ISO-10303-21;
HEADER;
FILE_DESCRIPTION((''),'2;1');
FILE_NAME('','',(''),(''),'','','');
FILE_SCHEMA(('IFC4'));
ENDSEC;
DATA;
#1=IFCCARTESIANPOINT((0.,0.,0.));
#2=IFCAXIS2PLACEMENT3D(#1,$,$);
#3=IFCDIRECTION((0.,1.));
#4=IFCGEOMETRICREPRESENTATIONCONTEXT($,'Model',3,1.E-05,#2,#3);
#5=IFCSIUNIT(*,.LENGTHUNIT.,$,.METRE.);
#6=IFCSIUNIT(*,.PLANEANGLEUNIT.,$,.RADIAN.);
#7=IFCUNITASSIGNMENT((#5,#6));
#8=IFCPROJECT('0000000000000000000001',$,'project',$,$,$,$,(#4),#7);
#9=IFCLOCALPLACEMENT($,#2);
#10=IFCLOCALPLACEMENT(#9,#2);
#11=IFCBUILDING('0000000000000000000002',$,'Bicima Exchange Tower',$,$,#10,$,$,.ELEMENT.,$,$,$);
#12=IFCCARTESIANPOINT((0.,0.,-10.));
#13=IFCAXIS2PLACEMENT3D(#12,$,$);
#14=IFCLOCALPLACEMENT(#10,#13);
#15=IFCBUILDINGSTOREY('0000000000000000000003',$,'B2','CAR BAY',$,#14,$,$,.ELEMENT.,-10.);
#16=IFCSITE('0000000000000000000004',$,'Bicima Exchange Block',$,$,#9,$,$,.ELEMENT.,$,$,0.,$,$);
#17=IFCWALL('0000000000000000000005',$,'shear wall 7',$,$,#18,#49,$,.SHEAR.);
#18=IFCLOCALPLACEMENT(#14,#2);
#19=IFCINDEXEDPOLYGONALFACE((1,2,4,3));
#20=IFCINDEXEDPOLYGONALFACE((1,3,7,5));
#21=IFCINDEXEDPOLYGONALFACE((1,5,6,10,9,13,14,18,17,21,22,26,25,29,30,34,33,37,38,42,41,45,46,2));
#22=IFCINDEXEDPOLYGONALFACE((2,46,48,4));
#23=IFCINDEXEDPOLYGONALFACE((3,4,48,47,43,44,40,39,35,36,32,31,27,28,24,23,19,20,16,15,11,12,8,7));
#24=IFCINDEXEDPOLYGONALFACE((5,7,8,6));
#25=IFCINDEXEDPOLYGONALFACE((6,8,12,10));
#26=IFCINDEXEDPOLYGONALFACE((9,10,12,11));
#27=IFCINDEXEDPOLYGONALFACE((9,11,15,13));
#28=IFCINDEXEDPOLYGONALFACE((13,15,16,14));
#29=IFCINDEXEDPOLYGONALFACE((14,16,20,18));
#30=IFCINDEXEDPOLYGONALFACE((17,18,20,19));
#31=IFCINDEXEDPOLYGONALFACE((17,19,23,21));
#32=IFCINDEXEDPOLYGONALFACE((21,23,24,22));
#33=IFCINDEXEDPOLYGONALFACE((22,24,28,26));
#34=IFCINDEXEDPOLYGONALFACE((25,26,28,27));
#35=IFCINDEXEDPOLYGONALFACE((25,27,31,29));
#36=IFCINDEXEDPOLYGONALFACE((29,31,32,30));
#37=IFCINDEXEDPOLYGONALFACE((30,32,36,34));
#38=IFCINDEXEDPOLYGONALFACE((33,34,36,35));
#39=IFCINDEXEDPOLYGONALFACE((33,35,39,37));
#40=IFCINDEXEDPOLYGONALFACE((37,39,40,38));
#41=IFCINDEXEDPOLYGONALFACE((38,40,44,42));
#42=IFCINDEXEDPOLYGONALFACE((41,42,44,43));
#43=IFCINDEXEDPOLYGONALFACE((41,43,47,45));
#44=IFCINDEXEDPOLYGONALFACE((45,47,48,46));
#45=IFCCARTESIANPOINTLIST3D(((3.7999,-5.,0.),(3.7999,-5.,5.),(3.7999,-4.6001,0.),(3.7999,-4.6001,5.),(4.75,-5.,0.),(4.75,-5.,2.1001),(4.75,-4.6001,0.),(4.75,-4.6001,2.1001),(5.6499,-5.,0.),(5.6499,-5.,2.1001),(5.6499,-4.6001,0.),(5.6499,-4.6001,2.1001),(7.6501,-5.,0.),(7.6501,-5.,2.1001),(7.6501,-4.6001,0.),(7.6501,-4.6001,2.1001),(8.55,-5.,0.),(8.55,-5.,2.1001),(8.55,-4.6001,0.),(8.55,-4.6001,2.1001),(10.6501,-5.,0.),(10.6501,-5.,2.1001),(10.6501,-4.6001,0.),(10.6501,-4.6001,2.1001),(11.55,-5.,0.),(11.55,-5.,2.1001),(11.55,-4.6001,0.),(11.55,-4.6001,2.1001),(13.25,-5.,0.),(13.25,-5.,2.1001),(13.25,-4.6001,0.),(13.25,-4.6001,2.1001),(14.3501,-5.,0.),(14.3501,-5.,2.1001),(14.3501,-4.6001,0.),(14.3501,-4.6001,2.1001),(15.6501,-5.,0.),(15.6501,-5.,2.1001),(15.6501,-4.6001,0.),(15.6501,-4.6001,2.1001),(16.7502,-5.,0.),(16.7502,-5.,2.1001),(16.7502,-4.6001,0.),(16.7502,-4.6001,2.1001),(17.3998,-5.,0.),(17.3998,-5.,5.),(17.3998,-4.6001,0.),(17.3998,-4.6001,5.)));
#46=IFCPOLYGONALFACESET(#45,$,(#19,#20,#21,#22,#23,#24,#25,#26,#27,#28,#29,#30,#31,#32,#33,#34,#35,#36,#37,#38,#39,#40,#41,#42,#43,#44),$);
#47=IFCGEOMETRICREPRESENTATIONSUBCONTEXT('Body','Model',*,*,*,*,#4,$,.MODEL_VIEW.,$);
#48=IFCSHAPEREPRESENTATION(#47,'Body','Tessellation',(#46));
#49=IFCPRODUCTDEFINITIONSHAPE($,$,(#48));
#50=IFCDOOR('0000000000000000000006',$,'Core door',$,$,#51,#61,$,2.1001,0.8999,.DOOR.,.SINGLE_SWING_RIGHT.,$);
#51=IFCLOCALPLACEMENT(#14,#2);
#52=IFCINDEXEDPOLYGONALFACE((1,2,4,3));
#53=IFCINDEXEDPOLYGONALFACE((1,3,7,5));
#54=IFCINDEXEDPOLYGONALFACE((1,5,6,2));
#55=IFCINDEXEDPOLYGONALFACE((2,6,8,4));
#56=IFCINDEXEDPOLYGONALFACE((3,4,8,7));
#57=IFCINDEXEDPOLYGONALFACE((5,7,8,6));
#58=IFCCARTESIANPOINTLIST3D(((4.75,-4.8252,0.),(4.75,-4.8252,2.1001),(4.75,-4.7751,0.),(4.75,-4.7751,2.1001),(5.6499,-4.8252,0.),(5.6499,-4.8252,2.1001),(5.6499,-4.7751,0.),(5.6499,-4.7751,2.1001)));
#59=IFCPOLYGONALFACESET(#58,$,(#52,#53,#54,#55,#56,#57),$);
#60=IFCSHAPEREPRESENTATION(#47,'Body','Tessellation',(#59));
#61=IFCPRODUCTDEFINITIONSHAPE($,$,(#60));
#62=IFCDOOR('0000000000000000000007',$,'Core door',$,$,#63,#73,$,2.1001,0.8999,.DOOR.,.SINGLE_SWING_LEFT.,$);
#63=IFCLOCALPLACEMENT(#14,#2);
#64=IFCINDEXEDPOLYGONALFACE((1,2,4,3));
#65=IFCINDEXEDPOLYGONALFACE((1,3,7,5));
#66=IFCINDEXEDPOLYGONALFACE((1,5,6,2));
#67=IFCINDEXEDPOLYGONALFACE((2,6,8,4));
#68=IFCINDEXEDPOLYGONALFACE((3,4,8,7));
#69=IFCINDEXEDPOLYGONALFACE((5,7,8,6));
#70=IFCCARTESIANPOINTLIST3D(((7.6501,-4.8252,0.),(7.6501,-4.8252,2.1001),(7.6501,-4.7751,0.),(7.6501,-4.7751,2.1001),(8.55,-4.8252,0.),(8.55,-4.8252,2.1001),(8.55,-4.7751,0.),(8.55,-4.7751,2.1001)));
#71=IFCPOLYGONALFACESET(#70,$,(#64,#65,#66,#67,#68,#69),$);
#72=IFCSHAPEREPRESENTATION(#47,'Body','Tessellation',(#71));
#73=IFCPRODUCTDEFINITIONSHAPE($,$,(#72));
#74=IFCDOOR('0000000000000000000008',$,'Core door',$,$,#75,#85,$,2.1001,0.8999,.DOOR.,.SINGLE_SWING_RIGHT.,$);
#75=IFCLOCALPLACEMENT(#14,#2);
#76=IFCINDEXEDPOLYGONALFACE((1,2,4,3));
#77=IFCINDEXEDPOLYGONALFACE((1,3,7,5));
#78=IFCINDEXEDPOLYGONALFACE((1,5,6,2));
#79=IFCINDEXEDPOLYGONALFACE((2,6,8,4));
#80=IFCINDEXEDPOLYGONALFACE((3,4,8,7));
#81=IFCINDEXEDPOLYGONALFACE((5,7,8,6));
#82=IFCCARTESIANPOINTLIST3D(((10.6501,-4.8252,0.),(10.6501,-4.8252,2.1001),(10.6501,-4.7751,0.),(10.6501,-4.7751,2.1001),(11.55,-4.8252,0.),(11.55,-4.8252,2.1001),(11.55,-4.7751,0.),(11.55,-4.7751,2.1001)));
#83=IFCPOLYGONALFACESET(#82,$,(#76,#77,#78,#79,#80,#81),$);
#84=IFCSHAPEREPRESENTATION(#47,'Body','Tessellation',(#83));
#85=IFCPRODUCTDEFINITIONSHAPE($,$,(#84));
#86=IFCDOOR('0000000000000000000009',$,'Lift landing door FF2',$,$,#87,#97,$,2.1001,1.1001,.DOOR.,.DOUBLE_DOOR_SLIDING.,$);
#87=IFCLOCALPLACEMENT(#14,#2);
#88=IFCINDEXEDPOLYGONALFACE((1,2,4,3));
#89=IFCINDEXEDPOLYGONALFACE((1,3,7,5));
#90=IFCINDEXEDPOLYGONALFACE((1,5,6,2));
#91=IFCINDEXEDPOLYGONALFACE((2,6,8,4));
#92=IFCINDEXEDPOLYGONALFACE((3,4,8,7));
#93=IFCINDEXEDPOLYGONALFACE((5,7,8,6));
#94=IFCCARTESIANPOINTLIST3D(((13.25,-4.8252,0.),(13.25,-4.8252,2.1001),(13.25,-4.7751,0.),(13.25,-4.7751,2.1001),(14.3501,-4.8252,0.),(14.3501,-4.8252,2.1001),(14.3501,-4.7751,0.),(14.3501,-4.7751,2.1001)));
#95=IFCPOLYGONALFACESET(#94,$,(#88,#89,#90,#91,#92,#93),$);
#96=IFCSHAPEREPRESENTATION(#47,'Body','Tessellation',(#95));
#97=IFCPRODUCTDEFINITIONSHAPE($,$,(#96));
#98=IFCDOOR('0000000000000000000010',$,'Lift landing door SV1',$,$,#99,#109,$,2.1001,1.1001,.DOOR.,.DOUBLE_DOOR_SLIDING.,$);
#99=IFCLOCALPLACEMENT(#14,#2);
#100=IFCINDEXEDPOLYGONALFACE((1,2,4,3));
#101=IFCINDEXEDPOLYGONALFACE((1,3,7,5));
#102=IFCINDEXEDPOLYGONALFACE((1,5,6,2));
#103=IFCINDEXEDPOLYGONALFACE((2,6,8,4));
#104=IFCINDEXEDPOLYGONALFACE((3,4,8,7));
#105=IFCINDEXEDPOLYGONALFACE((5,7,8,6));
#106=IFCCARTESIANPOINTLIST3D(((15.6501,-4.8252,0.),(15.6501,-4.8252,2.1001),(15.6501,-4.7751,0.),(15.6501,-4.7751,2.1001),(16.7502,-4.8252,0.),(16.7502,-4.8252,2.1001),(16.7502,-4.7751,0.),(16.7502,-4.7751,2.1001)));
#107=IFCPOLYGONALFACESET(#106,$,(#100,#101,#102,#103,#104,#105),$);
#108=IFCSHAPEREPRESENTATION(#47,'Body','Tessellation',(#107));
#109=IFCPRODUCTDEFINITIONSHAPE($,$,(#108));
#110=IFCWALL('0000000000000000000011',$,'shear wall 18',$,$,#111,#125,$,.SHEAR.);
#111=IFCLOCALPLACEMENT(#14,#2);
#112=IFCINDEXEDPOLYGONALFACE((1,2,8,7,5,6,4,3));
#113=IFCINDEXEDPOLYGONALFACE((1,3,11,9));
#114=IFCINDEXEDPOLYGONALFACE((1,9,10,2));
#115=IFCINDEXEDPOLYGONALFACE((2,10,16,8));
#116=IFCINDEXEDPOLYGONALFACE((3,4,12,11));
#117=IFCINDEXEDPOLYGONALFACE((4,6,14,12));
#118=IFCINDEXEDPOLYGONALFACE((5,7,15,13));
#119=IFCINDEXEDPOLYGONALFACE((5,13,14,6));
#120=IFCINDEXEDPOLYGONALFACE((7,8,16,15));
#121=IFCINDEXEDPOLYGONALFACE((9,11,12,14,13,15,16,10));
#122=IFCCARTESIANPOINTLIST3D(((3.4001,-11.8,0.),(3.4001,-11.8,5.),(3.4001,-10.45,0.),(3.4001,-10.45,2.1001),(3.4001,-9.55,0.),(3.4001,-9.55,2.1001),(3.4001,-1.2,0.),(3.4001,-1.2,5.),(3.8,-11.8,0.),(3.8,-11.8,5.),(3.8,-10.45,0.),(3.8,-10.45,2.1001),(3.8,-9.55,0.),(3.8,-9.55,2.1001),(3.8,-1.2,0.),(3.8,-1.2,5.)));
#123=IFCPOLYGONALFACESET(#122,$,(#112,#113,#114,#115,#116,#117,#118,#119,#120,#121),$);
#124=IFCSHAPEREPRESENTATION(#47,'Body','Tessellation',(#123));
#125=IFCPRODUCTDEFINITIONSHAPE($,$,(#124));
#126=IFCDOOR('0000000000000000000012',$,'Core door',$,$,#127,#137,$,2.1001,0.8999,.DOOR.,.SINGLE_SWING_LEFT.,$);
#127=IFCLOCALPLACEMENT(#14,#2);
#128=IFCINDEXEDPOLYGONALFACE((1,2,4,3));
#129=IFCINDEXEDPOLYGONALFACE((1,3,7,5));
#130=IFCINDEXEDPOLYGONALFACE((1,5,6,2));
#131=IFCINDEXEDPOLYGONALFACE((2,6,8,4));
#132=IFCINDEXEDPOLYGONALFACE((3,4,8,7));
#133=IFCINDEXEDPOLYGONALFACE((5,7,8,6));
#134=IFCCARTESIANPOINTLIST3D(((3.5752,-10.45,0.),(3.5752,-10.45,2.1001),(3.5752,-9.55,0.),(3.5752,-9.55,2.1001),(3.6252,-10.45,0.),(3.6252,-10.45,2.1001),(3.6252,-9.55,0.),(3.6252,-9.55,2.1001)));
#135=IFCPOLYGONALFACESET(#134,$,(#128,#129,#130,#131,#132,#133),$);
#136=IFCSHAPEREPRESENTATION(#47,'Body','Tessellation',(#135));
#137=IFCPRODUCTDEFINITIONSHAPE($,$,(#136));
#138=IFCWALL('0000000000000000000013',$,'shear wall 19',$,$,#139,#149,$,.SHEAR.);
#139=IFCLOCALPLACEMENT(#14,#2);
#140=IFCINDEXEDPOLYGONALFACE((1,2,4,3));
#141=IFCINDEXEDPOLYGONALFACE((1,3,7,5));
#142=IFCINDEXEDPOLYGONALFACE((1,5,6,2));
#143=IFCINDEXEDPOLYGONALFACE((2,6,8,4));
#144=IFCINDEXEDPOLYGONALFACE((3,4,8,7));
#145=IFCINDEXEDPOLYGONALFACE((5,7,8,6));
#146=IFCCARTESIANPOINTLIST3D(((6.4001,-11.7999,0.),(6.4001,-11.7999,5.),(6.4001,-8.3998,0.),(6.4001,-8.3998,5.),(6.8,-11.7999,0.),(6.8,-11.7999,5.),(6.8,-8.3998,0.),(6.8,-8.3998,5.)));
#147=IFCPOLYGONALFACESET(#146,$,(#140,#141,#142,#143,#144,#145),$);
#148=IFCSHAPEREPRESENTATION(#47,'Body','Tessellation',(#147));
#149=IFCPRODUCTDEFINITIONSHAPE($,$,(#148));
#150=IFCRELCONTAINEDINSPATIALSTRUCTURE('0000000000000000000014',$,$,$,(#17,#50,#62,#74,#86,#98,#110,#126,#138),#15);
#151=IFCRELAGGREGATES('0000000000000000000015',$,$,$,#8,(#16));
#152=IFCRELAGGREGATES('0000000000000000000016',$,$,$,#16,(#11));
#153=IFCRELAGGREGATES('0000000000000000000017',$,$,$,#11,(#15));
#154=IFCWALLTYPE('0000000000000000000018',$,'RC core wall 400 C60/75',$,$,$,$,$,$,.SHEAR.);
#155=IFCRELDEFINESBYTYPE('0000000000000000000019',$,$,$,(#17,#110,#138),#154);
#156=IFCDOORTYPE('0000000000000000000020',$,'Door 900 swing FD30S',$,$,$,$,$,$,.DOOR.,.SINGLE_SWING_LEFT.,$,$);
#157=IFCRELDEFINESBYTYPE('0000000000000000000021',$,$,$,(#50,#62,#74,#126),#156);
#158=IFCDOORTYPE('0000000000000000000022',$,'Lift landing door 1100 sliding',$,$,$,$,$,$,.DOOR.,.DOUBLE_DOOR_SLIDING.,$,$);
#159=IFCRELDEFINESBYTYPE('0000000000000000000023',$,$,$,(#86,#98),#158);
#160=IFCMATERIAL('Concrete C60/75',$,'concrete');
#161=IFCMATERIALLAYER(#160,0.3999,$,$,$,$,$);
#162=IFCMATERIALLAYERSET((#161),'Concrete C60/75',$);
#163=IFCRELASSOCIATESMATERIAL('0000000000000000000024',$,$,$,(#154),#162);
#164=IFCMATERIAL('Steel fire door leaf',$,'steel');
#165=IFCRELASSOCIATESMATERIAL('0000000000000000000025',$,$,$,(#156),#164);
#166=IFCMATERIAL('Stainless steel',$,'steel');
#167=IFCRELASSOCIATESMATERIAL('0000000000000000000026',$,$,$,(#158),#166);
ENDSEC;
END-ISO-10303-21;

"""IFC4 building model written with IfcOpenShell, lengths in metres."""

from ifc_helpers import new_model, si_unit, direction, frame, frame_2d, origin, place, context, subcontext, project, spatial, rectangle, extrude, material, layer, layer_set, type_object, element, fill, save


model = new_model("IFC4")

# Units and contexts
model_context = context("Model", 3, precision=1e-05, world=origin(), true_north=direction((0.0, 1.0)))
body_context = subcontext(model_context, "Body", "Model", "MODEL_VIEW")
ifc_project = project(units=[si_unit("LENGTHUNIT", "METRE"), si_unit("PLANEANGLEUNIT", "RADIAN")], contexts=[model_context])

# Site, building, storey
site_placement = place(None, origin())
site = spatial("IfcSite", under=ifc_project, at=site_placement, Name="Bicima Exchange Block", CompositionType="ELEMENT", RefElevation=0.0)
building_placement = place(site_placement, origin())
building = spatial("IfcBuilding", under=site, at=building_placement, Name="Bicima Exchange Tower", CompositionType="ELEMENT")
storey_placement = place(building_placement, frame((0.0, 0.0, -10.0)))
storey = spatial("IfcBuildingStorey", under=building, at=storey_placement, Name="B2", Description="CAR BAY", CompositionType="ELEMENT", Elevation=-10.0)

# Shared definitions
ifc_material_1 = material(Name="Steel fire door leaf", Category="steel")

# Shared definitions
ifc_material_2 = material(Name="Concrete C60/75", Category="concrete")
ifc_layer_1 = layer(ifc_material_2, 0.3999)
ifc_layer_set_1 = layer_set([ifc_layer_1], Name="Concrete C60/75")
wall_type_1 = type_object("IfcWallType", Name="RC core wall 400 C60/75", PredefinedType="SHEAR", material=ifc_layer_set_1)
door_type_1 = type_object("IfcDoorType", Name="Door 900 swing FD30S", OperationType="SINGLE_SWING_LEFT", PredefinedType="DOOR", material=ifc_material_1)

# Wall, openings, doors
wall_1_placement = place(storey_placement, frame((3.8, -4.8, 0.0), z_axis=(0.0, 0.0, 1.0), x_axis=(1.0, 0.0, 0.0)))
wall_1 = element("IfcWall", 1, at=wall_1_placement, inside=storey, type_object=wall_type_1, Name="shear wall 7", PredefinedType="SHEAR", context=body_context, shape_type="SweptSolid", body=[
    extrude(rectangle(XDim=13.5999, YDim=0.3999, at=frame_2d((6.7998, 0.0))), origin(), (0.0, 0.0, 1.0), 5.0),
])
opening_1_placement = place(wall_1_placement, frame((9.45, 0.0, 0.0)))
opening_1 = element("IfcOpeningElement", 2, at=opening_1_placement, cuts=wall_1, PredefinedType="OPENING", context=body_context, shape_type="SweptSolid", body=[
    extrude(rectangle(XDim=1.1001, YDim=2.1001, at=frame_2d((0.55, 1.05))), frame((0.0, 0.2119, 0.0), z_axis=(0.0, -1.0, 0.0), x_axis=(1.0, 0.0, 0.0)), (0.0, 0.0, 1.0), 0.4238),
])
opening_2_placement = place(wall_1_placement, frame((11.8501, 0.0, 0.0)))
opening_2 = element("IfcOpeningElement", 3, at=opening_2_placement, cuts=wall_1, PredefinedType="OPENING", context=body_context, shape_type="SweptSolid", body=[
    extrude(rectangle(XDim=1.1001, YDim=2.1001, at=frame_2d((0.55, 1.05))), frame((0.0, 0.2119, 0.0), z_axis=(0.0, -1.0, 0.0), x_axis=(1.0, 0.0, 0.0)), (0.0, 0.0, 1.0), 0.4238),
])
opening_3_placement = place(wall_1_placement, frame((0.95, 0.0, 0.0)))
opening_3 = element("IfcOpeningElement", 4, at=opening_3_placement, cuts=wall_1, PredefinedType="OPENING", context=body_context, shape_type="SweptSolid", body=[
    extrude(rectangle(XDim=0.8999, YDim=2.1001, at=frame_2d((0.45, 1.05))), frame((0.0, 0.2119, 0.0), z_axis=(0.0, -1.0, 0.0), x_axis=(1.0, 0.0, 0.0)), (0.0, 0.0, 1.0), 0.4238),
])
opening_4_placement = place(wall_1_placement, frame((3.8501, 0.0, 0.0)))
opening_4 = element("IfcOpeningElement", 5, at=opening_4_placement, cuts=wall_1, PredefinedType="OPENING", context=body_context, shape_type="SweptSolid", body=[
    extrude(rectangle(XDim=0.8999, YDim=2.1001, at=frame_2d((0.45, 1.05))), frame((0.0, 0.2119, 0.0), z_axis=(0.0, -1.0, 0.0), x_axis=(1.0, 0.0, 0.0)), (0.0, 0.0, 1.0), 0.4238),
])
opening_5_placement = place(wall_1_placement, frame((6.8501, 0.0, 0.0)))
opening_5 = element("IfcOpeningElement", 6, at=opening_5_placement, cuts=wall_1, PredefinedType="OPENING", context=body_context, shape_type="SweptSolid", body=[
    extrude(rectangle(XDim=0.8999, YDim=2.1001, at=frame_2d((0.45, 1.05))), frame((0.0, 0.2119, 0.0), z_axis=(0.0, -1.0, 0.0), x_axis=(1.0, 0.0, 0.0)), (0.0, 0.0, 1.0), 0.4238),
])
door_1_placement = place(opening_3_placement, origin())
door_1 = element("IfcDoor", 7, at=door_1_placement, inside=storey, type_object=door_type_1, Name="Core door", OperationType="SINGLE_SWING_RIGHT", OverallHeight=2.1001, OverallWidth=0.8999, PredefinedType="DOOR", context=body_context, shape_type="SweptSolid", body=[
    extrude(rectangle(XDim=0.8999, YDim=2.1001, at=frame_2d((0.45, 1.05))), frame((0.0, 0.0249, 0.0), z_axis=(0.0, -1.0, 0.0), x_axis=(1.0, 0.0, 0.0)), (0.0, 0.0, 1.0), 0.05),
])
fill(opening_3, door_1)
door_2_placement = place(opening_4_placement, origin())
door_2 = element("IfcDoor", 8, at=door_2_placement, inside=storey, type_object=door_type_1, Name="Core door", OperationType="SINGLE_SWING_LEFT", OverallHeight=2.1001, OverallWidth=0.8999, PredefinedType="DOOR", context=body_context, shape_type="SweptSolid", body=[
    extrude(rectangle(XDim=0.8999, YDim=2.1001, at=frame_2d((0.45, 1.05))), frame((0.0, 0.0249, 0.0), z_axis=(0.0, -1.0, 0.0), x_axis=(1.0, 0.0, 0.0)), (0.0, 0.0, 1.0), 0.05),
])
fill(opening_4, door_2)
door_3_placement = place(opening_5_placement, origin())
door_3 = element("IfcDoor", 9, at=door_3_placement, inside=storey, type_object=door_type_1, Name="Core door", OperationType="SINGLE_SWING_RIGHT", OverallHeight=2.1001, OverallWidth=0.8999, PredefinedType="DOOR", context=body_context, shape_type="SweptSolid", body=[
    extrude(rectangle(XDim=0.8999, YDim=2.1001, at=frame_2d((0.45, 1.05))), frame((0.0, 0.0249, 0.0), z_axis=(0.0, -1.0, 0.0), x_axis=(1.0, 0.0, 0.0)), (0.0, 0.0, 1.0), 0.05),
])
fill(opening_5, door_3)
ifc_material_3 = material(Name="Stainless steel", Category="steel")
door_type_2 = type_object("IfcDoorType", Name="Lift landing door 1100 sliding", OperationType="DOUBLE_DOOR_SLIDING", PredefinedType="DOOR", material=ifc_material_3)
door_4_placement = place(opening_1_placement, origin())
door_4 = element("IfcDoor", 10, at=door_4_placement, inside=storey, type_object=door_type_2, Name="Lift landing door FF2", OperationType="DOUBLE_DOOR_SLIDING", OverallHeight=2.1001, OverallWidth=1.1001, PredefinedType="DOOR", context=body_context, shape_type="SweptSolid", body=[
    extrude(rectangle(XDim=1.1001, YDim=2.1001, at=frame_2d((0.55, 1.05))), frame((0.0, 0.0249, 0.0), z_axis=(0.0, -1.0, 0.0), x_axis=(1.0, 0.0, 0.0)), (0.0, 0.0, 1.0), 0.05),
])
fill(opening_1, door_4)
door_5_placement = place(opening_2_placement, origin())
door_5 = element("IfcDoor", 11, at=door_5_placement, inside=storey, type_object=door_type_2, Name="Lift landing door SV1", OperationType="DOUBLE_DOOR_SLIDING", OverallHeight=2.1001, OverallWidth=1.1001, PredefinedType="DOOR", context=body_context, shape_type="SweptSolid", body=[
    extrude(rectangle(XDim=1.1001, YDim=2.1001, at=frame_2d((0.55, 1.05))), frame((0.0, 0.0249, 0.0), z_axis=(0.0, -1.0, 0.0), x_axis=(1.0, 0.0, 0.0)), (0.0, 0.0, 1.0), 0.05),
])
fill(opening_2, door_5)

# Wall, opening, door
wall_2_placement = place(storey_placement, frame((3.6001, -11.8, 0.0), z_axis=(0.0, 0.0, 1.0), x_axis=(0.0, 1.0, 0.0)))
wall_2 = element("IfcWall", 12, at=wall_2_placement, inside=storey, type_object=wall_type_1, Name="shear wall 18", PredefinedType="SHEAR", context=body_context, shape_type="SweptSolid", body=[
    extrude(rectangle(XDim=10.6001, YDim=0.3999, at=frame_2d((5.3, 0.0))), origin(), (0.0, 0.0, 1.0), 5.0),
])
opening_6_placement = place(wall_2_placement, frame((1.3501, 0.0, 0.0)))
opening_6 = element("IfcOpeningElement", 13, at=opening_6_placement, cuts=wall_2, PredefinedType="OPENING", context=body_context, shape_type="SweptSolid", body=[
    extrude(rectangle(XDim=0.8999, YDim=2.1001, at=frame_2d((0.45, 1.05))), frame((0.0, 0.2119, 0.0), z_axis=(0.0, -1.0, 0.0), x_axis=(1.0, 0.0, 0.0)), (0.0, 0.0, 1.0), 0.4238),
])
door_6_placement = place(opening_6_placement, origin())
door_6 = element("IfcDoor", 14, at=door_6_placement, inside=storey, type_object=door_type_1, Name="Core door", OperationType="SINGLE_SWING_LEFT", OverallHeight=2.1001, OverallWidth=0.8999, PredefinedType="DOOR", context=body_context, shape_type="SweptSolid", body=[
    extrude(rectangle(XDim=0.8999, YDim=2.1001, at=frame_2d((0.45, 1.05))), frame((0.0, 0.0249, 0.0), z_axis=(0.0, -1.0, 0.0), x_axis=(1.0, 0.0, 0.0)), (0.0, 0.0, 1.0), 0.05),
])
fill(opening_6, door_6)

# Wall
wall_3_placement = place(storey_placement, frame((6.6001, -11.8, 0.0), z_axis=(0.0, 0.0, 1.0), x_axis=(0.0, 1.0, 0.0)))
element("IfcWall", 15, at=wall_3_placement, inside=storey, type_object=wall_type_1, Name="shear wall 19", PredefinedType="SHEAR", context=body_context, shape_type="SweptSolid", body=[
    extrude(rectangle(XDim=3.4001, YDim=0.3999, at=frame_2d((1.7002, 0.0))), origin(), (0.0, 0.0, 1.0), 5.0),
])

save(model, "model.ifc")
